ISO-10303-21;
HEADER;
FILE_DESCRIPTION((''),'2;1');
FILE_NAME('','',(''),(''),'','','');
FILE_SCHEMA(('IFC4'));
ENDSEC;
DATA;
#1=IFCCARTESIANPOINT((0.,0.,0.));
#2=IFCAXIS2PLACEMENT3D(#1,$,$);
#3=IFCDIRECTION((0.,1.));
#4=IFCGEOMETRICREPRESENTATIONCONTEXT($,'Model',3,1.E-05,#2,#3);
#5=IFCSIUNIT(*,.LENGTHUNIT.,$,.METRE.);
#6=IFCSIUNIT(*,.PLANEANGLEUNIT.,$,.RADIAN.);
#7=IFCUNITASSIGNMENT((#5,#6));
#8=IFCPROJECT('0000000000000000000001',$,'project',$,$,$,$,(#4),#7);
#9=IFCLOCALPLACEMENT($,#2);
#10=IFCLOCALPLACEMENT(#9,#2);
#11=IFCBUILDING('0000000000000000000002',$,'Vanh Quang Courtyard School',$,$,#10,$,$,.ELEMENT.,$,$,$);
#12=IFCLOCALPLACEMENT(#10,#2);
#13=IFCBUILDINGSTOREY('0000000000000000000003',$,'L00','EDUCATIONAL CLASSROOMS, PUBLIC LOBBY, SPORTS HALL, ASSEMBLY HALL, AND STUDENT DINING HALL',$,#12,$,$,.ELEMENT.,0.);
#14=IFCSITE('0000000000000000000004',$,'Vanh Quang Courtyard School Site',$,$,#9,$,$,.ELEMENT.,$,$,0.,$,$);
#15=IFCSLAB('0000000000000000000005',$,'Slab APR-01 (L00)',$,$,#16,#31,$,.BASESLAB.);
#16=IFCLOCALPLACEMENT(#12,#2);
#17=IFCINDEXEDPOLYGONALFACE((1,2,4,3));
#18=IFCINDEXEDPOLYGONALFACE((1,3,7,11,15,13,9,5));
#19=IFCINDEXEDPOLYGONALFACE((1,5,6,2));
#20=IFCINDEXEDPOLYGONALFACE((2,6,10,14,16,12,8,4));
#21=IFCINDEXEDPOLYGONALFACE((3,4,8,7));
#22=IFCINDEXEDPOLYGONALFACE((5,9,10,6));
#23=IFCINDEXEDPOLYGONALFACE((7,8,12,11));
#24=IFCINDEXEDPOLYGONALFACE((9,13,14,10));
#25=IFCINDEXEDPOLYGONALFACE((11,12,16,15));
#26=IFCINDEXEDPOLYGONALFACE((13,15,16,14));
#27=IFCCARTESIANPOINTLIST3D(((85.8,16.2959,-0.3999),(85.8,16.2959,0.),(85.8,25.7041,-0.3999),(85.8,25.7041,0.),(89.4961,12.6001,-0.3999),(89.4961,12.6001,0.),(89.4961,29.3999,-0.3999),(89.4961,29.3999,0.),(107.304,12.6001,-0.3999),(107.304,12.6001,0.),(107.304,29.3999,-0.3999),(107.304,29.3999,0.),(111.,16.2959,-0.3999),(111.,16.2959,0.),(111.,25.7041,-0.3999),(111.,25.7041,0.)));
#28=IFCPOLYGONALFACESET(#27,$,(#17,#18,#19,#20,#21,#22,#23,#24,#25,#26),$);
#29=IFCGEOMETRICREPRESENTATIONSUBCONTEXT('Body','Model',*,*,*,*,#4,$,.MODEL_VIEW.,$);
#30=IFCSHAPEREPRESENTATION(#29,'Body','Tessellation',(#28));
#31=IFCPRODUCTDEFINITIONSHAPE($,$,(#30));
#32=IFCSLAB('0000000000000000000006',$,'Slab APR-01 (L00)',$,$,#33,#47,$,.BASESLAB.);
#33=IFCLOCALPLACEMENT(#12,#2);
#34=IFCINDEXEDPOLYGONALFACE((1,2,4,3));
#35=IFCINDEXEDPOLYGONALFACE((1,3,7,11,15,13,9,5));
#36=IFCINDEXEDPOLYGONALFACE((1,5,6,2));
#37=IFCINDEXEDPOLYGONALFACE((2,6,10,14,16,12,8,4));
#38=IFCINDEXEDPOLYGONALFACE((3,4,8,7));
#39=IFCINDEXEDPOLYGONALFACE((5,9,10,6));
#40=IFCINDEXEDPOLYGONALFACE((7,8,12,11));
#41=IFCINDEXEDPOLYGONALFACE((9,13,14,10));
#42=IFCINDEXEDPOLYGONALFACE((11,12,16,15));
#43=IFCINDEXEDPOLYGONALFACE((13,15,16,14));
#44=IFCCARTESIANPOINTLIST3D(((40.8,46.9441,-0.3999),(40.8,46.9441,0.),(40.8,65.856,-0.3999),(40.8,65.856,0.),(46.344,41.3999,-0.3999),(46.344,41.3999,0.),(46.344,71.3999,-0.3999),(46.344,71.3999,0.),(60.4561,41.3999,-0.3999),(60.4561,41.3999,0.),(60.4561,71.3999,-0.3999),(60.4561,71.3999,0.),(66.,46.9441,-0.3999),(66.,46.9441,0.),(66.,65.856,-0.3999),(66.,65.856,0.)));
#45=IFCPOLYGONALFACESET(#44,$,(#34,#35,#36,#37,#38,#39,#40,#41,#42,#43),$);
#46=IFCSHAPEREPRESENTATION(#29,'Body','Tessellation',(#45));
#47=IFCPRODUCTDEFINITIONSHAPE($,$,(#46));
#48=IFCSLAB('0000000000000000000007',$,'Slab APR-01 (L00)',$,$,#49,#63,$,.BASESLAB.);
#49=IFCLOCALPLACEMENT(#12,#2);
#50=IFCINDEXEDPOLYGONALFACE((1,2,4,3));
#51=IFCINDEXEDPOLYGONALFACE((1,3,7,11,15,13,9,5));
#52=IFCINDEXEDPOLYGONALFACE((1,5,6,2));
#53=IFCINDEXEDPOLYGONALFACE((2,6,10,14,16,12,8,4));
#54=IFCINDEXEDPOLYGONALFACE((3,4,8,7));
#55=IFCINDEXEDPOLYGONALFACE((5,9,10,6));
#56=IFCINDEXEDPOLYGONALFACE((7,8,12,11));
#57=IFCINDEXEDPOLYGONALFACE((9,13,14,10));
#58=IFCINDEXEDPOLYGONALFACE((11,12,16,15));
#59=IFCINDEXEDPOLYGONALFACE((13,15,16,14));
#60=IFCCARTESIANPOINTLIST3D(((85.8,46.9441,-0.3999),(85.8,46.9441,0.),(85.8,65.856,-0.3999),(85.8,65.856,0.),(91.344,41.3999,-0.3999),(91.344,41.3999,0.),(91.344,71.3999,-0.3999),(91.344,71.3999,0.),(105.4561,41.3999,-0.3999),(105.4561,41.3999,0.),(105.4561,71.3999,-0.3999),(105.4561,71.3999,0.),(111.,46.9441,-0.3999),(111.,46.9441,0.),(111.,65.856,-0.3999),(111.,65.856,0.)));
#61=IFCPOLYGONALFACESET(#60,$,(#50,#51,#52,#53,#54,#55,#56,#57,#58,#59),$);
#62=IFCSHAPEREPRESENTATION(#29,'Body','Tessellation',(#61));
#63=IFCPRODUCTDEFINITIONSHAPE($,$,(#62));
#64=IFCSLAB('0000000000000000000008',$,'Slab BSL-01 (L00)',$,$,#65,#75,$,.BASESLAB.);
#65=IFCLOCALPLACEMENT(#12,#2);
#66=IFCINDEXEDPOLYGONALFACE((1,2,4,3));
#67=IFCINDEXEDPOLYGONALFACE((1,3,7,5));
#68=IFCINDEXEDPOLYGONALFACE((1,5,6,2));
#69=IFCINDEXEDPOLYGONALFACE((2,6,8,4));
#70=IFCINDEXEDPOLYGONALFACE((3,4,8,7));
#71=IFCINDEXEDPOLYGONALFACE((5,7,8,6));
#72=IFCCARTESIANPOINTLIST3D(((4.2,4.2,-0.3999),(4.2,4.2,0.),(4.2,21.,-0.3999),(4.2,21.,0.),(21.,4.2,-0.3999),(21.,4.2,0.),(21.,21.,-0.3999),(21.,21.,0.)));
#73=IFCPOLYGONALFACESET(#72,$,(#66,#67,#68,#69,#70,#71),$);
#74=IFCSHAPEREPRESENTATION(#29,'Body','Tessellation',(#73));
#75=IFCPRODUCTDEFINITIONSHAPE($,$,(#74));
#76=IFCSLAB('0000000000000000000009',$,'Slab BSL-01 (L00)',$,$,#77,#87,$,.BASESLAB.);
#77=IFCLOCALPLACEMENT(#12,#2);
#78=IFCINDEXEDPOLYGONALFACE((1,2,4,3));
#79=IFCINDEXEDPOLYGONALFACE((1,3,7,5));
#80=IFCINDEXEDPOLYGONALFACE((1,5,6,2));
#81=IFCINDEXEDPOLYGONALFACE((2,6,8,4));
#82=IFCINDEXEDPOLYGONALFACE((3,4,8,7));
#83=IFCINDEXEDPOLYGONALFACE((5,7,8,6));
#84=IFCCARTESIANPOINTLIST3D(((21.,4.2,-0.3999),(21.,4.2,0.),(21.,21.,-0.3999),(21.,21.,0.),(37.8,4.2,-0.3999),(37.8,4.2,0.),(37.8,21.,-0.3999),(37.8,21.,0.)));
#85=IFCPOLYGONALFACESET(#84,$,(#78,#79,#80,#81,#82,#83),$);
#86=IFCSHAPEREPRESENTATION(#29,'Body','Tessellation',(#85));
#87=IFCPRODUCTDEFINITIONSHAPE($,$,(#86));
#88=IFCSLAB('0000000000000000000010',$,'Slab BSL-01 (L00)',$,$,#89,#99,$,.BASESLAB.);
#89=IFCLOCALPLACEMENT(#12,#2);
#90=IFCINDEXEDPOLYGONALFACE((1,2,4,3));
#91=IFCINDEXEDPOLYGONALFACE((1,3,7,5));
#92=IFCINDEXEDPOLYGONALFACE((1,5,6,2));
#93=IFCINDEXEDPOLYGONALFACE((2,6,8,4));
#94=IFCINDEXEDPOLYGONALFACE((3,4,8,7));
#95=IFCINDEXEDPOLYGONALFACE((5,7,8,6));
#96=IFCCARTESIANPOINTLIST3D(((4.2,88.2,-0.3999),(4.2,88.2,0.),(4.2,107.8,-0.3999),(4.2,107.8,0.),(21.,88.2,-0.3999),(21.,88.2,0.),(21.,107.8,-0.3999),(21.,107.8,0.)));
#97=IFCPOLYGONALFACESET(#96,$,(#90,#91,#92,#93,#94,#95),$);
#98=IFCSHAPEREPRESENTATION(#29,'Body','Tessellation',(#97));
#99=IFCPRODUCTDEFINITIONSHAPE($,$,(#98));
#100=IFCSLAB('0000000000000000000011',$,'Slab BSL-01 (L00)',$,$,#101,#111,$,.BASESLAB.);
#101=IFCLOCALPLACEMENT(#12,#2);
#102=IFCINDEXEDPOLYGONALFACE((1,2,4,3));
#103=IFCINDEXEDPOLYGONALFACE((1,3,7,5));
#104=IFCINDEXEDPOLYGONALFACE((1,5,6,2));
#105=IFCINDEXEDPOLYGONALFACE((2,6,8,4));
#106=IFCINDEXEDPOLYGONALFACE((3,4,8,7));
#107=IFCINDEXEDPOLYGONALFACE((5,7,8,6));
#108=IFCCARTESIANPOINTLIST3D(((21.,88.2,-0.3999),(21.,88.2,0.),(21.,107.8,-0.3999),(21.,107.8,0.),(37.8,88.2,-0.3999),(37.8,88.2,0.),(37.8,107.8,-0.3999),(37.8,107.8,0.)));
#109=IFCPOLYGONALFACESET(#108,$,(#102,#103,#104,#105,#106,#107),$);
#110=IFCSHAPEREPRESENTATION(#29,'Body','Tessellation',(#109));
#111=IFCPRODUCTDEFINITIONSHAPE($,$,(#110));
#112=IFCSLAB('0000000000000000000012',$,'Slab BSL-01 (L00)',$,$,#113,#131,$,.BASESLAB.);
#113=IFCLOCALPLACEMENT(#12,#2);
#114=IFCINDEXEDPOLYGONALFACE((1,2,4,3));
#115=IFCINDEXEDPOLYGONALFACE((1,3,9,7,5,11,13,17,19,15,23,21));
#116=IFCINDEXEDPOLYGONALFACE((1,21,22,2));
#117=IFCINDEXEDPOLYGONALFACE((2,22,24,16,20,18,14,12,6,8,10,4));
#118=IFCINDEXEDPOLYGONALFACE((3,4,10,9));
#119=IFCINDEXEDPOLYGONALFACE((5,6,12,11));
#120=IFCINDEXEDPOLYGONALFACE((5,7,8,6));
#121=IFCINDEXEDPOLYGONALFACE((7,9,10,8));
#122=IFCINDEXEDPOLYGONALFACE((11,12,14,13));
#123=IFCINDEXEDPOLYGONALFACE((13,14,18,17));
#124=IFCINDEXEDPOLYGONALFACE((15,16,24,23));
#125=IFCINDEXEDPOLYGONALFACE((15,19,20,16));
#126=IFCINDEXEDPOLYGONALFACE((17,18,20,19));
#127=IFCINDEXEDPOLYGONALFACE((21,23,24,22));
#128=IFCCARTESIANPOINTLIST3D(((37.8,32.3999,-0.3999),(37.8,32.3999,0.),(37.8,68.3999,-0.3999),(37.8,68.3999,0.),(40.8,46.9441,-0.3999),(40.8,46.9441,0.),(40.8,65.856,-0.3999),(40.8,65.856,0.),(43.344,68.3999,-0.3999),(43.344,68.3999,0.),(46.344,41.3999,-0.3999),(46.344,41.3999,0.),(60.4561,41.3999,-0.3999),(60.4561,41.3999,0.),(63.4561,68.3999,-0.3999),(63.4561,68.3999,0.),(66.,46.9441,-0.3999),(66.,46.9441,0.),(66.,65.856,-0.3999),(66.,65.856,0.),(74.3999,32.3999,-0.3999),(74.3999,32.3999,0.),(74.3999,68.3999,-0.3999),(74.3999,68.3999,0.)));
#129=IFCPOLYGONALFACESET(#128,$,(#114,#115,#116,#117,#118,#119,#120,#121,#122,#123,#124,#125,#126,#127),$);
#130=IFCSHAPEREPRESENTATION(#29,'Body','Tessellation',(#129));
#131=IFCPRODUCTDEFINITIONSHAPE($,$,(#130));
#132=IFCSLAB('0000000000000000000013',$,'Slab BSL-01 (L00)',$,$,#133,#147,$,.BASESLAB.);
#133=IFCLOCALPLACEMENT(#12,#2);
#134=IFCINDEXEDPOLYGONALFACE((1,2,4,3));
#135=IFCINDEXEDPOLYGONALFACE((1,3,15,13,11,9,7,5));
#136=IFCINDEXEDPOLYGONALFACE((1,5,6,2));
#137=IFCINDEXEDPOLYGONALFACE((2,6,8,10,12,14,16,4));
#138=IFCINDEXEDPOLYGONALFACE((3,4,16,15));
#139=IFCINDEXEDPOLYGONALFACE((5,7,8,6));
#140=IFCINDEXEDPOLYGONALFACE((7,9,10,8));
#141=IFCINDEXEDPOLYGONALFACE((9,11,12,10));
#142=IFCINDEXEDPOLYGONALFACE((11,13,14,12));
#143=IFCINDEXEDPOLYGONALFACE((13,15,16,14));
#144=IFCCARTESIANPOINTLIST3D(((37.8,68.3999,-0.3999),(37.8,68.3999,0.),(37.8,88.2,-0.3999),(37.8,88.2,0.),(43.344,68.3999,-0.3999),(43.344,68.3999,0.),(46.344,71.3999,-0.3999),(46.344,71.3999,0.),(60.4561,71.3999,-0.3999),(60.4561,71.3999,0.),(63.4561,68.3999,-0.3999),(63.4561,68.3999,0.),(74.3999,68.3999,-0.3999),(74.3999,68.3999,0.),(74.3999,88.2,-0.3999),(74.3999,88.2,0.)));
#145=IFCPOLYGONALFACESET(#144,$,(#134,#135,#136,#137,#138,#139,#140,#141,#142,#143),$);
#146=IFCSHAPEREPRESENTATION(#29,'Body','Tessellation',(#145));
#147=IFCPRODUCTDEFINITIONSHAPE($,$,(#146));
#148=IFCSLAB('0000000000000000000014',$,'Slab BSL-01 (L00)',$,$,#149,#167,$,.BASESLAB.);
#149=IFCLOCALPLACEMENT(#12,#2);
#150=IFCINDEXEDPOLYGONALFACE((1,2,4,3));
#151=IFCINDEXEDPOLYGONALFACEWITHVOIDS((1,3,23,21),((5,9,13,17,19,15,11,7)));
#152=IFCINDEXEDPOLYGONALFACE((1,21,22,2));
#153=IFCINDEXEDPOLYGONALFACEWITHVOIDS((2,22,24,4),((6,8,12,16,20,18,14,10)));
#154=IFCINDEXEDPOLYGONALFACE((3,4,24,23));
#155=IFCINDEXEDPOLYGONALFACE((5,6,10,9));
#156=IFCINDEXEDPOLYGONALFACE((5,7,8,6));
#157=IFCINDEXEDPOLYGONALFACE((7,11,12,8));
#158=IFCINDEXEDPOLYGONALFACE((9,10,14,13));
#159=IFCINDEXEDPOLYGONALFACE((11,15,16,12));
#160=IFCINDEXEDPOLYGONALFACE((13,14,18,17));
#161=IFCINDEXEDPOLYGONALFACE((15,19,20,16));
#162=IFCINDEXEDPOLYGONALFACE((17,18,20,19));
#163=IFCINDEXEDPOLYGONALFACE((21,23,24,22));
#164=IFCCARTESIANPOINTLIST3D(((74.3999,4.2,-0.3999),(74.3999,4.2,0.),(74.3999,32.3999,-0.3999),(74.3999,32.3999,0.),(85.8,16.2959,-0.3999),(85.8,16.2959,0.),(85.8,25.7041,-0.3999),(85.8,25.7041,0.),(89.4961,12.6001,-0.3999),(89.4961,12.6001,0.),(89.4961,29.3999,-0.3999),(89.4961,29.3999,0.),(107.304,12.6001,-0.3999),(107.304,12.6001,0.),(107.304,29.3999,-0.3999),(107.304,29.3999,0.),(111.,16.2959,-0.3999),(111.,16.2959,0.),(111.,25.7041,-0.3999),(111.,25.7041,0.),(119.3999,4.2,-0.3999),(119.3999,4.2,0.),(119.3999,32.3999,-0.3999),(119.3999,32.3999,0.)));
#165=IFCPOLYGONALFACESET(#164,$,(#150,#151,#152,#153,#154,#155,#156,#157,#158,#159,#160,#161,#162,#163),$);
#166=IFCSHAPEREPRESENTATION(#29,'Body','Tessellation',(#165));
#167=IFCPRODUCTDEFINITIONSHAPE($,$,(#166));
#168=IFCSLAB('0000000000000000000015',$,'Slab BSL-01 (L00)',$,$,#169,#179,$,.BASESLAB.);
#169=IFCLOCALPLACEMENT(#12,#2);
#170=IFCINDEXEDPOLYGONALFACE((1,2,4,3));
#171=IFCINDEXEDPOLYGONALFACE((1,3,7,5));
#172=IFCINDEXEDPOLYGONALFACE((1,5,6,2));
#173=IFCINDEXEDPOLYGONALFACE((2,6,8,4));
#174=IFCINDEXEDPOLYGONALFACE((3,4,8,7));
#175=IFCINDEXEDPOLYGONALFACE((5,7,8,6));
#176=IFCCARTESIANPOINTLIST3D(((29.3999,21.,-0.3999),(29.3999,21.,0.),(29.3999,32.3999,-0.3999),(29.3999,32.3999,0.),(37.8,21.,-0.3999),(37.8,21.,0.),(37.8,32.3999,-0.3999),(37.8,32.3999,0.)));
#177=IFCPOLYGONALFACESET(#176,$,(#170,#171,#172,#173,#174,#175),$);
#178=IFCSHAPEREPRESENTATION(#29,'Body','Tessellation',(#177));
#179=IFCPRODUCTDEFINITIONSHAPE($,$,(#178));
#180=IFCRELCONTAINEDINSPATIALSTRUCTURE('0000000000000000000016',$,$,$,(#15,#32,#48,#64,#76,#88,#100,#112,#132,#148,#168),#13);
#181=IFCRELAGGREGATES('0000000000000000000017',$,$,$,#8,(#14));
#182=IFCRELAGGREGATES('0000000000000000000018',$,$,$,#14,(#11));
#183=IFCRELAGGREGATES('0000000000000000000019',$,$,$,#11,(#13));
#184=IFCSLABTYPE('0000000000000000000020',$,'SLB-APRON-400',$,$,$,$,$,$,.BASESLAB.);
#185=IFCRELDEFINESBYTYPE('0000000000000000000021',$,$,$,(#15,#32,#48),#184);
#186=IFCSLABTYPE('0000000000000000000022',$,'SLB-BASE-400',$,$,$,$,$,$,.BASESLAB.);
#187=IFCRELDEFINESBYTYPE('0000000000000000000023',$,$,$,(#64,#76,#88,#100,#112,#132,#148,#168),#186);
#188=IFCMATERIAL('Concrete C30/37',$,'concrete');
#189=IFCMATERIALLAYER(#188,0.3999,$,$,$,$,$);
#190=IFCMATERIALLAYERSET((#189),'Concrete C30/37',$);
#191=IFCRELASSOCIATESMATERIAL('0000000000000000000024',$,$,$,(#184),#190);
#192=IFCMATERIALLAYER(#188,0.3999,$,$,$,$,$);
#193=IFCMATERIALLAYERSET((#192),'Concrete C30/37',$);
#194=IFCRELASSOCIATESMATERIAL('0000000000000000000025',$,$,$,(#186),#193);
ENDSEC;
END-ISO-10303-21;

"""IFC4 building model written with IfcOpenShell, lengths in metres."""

from ifc_helpers import new_model, si_unit, direction, frame, origin, place, context, subcontext, project, spatial, polyline, outline, extrude, material, layer, layer_set, type_object, element, save


model = new_model("IFC4")

# Units and contexts
model_context = context("Model", 3, precision=1e-05, world=origin(), true_north=direction((0.0, 1.0)))
body_context = subcontext(model_context, "Body", "Model", "MODEL_VIEW")
ifc_project = project(units=[si_unit("LENGTHUNIT", "METRE"), si_unit("PLANEANGLEUNIT", "RADIAN")], contexts=[model_context])

# Site, building, storey
site_placement = place(None, origin())
site = spatial("IfcSite", under=ifc_project, at=site_placement, Name="Vanh Quang Courtyard School Site", CompositionType="ELEMENT", RefElevation=0.0)
building_placement = place(site_placement, origin())
building = spatial("IfcBuilding", under=site, at=building_placement, Name="Vanh Quang Courtyard School", CompositionType="ELEMENT")
storey_placement = place(building_placement, origin())
storey = spatial("IfcBuildingStorey", under=building, at=storey_placement, Name="L00", Description="EDUCATIONAL CLASSROOMS, PUBLIC LOBBY, SPORTS HALL, ASSEMBLY HALL, AND STUDENT DINING HALL", CompositionType="ELEMENT", Elevation=0.0)

# Shared definitions
ifc_material_1 = material(Name="Concrete C30/37", Category="concrete")

# Slabs
ifc_layer_1 = layer(ifc_material_1, 0.3999)
ifc_layer_set_1 = layer_set([ifc_layer_1], Name="Concrete C30/37")
slab_type_1 = type_object("IfcSlabType", Name="SLB-APRON-400", PredefinedType="BASESLAB", material=ifc_layer_set_1)
slab_1_placement = place(storey_placement, frame((0.0, 0.0, -0.3999)))
element("IfcSlab", 1, at=slab_1_placement, inside=storey, type_object=slab_type_1, Name="Slab APR-01 (L00)", PredefinedType="BASESLAB", context=body_context, shape_type="SweptSolid", body=[
    extrude(outline(polyline([(111.0, 25.7041), (107.304, 29.3999), (89.4961, 29.3999), (85.8, 25.7041), (85.8, 16.2959), (89.4961, 12.6001), (107.304, 12.6001), (111.0, 16.2959), (111.0, 25.7041)])), origin(), (0.0, 0.0, 1.0), 0.3999),
])
slab_2_placement = place(storey_placement, frame((0.0, 0.0, -0.3999)))
element("IfcSlab", 2, at=slab_2_placement, inside=storey, type_object=slab_type_1, Name="Slab APR-01 (L00)", PredefinedType="BASESLAB", context=body_context, shape_type="SweptSolid", body=[
    extrude(outline(polyline([(40.8, 46.9441), (46.344, 41.3999), (60.4561, 41.3999), (66.0, 46.9441), (66.0, 65.856), (60.4561, 71.3999), (46.344, 71.3999), (40.8, 65.856), (40.8, 46.9441)])), origin(), (0.0, 0.0, 1.0), 0.3999),
])
slab_3_placement = place(storey_placement, frame((0.0, 0.0, -0.3999)))
element("IfcSlab", 3, at=slab_3_placement, inside=storey, type_object=slab_type_1, Name="Slab APR-01 (L00)", PredefinedType="BASESLAB", context=body_context, shape_type="SweptSolid", body=[
    extrude(outline(polyline([(85.8, 46.9441), (91.344, 41.3999), (105.4561, 41.3999), (111.0, 46.9441), (111.0, 65.856), (105.4561, 71.3999), (91.344, 71.3999), (85.8, 65.856), (85.8, 46.9441)])), origin(), (0.0, 0.0, 1.0), 0.3999),
])
ifc_layer_2 = layer(ifc_material_1, 0.3999)
ifc_layer_set_2 = layer_set([ifc_layer_2], Name="Concrete C30/37")
slab_type_2 = type_object("IfcSlabType", Name="SLB-BASE-400", PredefinedType="BASESLAB", material=ifc_layer_set_2)
slab_4_placement = place(storey_placement, frame((0.0, 0.0, -0.3999)))
element("IfcSlab", 4, at=slab_4_placement, inside=storey, type_object=slab_type_2, Name="Slab BSL-01 (L00)", PredefinedType="BASESLAB", context=body_context, shape_type="SweptSolid", body=[
    extrude(outline(polyline([(21.0, 4.2), (21.0, 21.0), (4.2, 21.0), (4.2, 4.2), (21.0, 4.2)])), origin(), (0.0, 0.0, 1.0), 0.3999),
])
slab_5_placement = place(storey_placement, frame((0.0, 0.0, -0.3999)))
element("IfcSlab", 5, at=slab_5_placement, inside=storey, type_object=slab_type_2, Name="Slab BSL-01 (L00)", PredefinedType="BASESLAB", context=body_context, shape_type="SweptSolid", body=[
    extrude(outline(polyline([(37.8, 4.2), (37.8, 21.0), (21.0, 21.0), (21.0, 4.2), (37.8, 4.2)])), origin(), (0.0, 0.0, 1.0), 0.3999),
])
slab_6_placement = place(storey_placement, frame((0.0, 0.0, -0.3999)))
element("IfcSlab", 6, at=slab_6_placement, inside=storey, type_object=slab_type_2, Name="Slab BSL-01 (L00)", PredefinedType="BASESLAB", context=body_context, shape_type="SweptSolid", body=[
    extrude(outline(polyline([(21.0, 88.2), (21.0, 107.8), (4.2, 107.8), (4.2, 88.2), (21.0, 88.2)])), origin(), (0.0, 0.0, 1.0), 0.3999),
])
slab_7_placement = place(storey_placement, frame((0.0, 0.0, -0.3999)))
element("IfcSlab", 7, at=slab_7_placement, inside=storey, type_object=slab_type_2, Name="Slab BSL-01 (L00)", PredefinedType="BASESLAB", context=body_context, shape_type="SweptSolid", body=[
    extrude(outline(polyline([(37.8, 88.2), (37.8, 107.8), (21.0, 107.8), (21.0, 88.2), (37.8, 88.2)])), origin(), (0.0, 0.0, 1.0), 0.3999),
])
slab_8_placement = place(storey_placement, frame((0.0, 0.0, -0.3999)))
element("IfcSlab", 8, at=slab_8_placement, inside=storey, type_object=slab_type_2, Name="Slab BSL-01 (L00)", PredefinedType="BASESLAB", context=body_context, shape_type="SweptSolid", body=[
    extrude(outline(polyline([(63.4561, 68.3999), (66.0, 65.856), (66.0, 46.9441), (60.4561, 41.3999), (46.344, 41.3999), (40.8, 46.9441), (40.8, 65.856), (43.344, 68.3999), (37.8, 68.3999), (37.8, 32.3999), (74.3999, 32.3999), (74.3999, 68.3999), (63.4561, 68.3999)])), origin(), (0.0, 0.0, 1.0), 0.3999),
])
slab_9_placement = place(storey_placement, frame((0.0, 0.0, -0.3999)))
element("IfcSlab", 9, at=slab_9_placement, inside=storey, type_object=slab_type_2, Name="Slab BSL-01 (L00)", PredefinedType="BASESLAB", context=body_context, shape_type="SweptSolid", body=[
    extrude(outline(polyline([(43.344, 68.3999), (46.344, 71.3999), (60.4561, 71.3999), (63.4561, 68.3999), (74.3999, 68.3999), (74.3999, 88.2), (37.8, 88.2), (37.8, 68.3999), (43.344, 68.3999)])), origin(), (0.0, 0.0, 1.0), 0.3999),
])
slab_10_placement = place(storey_placement, frame((0.0, 0.0, -0.3999)))
element("IfcSlab", 10, at=slab_10_placement, inside=storey, type_object=slab_type_2, Name="Slab BSL-01 (L00)", PredefinedType="BASESLAB", context=body_context, shape_type="SweptSolid", body=[
    extrude(outline(polyline([(119.3999, 32.3999), (74.3999, 32.3999), (74.3999, 4.2), (119.3999, 4.2), (119.3999, 32.3999)]), holes=[polyline([(89.4961, 12.6001), (85.8, 16.2959), (85.8, 25.7041), (89.4961, 29.3999), (107.304, 29.3999), (111.0, 25.7041), (111.0, 16.2959), (107.304, 12.6001), (89.4961, 12.6001)])]), origin(), (0.0, 0.0, 1.0), 0.3999),
])
slab_11_placement = place(storey_placement, frame((0.0, 0.0, -0.3999)))
element("IfcSlab", 11, at=slab_11_placement, inside=storey, type_object=slab_type_2, Name="Slab BSL-01 (L00)", PredefinedType="BASESLAB", context=body_context, shape_type="SweptSolid", body=[
    extrude(outline(polyline([(37.8, 32.3999), (29.3999, 32.3999), (29.3999, 21.0), (37.8, 21.0), (37.8, 32.3999)])), origin(), (0.0, 0.0, 1.0), 0.3999),
])

save(model, "model.ifc")
